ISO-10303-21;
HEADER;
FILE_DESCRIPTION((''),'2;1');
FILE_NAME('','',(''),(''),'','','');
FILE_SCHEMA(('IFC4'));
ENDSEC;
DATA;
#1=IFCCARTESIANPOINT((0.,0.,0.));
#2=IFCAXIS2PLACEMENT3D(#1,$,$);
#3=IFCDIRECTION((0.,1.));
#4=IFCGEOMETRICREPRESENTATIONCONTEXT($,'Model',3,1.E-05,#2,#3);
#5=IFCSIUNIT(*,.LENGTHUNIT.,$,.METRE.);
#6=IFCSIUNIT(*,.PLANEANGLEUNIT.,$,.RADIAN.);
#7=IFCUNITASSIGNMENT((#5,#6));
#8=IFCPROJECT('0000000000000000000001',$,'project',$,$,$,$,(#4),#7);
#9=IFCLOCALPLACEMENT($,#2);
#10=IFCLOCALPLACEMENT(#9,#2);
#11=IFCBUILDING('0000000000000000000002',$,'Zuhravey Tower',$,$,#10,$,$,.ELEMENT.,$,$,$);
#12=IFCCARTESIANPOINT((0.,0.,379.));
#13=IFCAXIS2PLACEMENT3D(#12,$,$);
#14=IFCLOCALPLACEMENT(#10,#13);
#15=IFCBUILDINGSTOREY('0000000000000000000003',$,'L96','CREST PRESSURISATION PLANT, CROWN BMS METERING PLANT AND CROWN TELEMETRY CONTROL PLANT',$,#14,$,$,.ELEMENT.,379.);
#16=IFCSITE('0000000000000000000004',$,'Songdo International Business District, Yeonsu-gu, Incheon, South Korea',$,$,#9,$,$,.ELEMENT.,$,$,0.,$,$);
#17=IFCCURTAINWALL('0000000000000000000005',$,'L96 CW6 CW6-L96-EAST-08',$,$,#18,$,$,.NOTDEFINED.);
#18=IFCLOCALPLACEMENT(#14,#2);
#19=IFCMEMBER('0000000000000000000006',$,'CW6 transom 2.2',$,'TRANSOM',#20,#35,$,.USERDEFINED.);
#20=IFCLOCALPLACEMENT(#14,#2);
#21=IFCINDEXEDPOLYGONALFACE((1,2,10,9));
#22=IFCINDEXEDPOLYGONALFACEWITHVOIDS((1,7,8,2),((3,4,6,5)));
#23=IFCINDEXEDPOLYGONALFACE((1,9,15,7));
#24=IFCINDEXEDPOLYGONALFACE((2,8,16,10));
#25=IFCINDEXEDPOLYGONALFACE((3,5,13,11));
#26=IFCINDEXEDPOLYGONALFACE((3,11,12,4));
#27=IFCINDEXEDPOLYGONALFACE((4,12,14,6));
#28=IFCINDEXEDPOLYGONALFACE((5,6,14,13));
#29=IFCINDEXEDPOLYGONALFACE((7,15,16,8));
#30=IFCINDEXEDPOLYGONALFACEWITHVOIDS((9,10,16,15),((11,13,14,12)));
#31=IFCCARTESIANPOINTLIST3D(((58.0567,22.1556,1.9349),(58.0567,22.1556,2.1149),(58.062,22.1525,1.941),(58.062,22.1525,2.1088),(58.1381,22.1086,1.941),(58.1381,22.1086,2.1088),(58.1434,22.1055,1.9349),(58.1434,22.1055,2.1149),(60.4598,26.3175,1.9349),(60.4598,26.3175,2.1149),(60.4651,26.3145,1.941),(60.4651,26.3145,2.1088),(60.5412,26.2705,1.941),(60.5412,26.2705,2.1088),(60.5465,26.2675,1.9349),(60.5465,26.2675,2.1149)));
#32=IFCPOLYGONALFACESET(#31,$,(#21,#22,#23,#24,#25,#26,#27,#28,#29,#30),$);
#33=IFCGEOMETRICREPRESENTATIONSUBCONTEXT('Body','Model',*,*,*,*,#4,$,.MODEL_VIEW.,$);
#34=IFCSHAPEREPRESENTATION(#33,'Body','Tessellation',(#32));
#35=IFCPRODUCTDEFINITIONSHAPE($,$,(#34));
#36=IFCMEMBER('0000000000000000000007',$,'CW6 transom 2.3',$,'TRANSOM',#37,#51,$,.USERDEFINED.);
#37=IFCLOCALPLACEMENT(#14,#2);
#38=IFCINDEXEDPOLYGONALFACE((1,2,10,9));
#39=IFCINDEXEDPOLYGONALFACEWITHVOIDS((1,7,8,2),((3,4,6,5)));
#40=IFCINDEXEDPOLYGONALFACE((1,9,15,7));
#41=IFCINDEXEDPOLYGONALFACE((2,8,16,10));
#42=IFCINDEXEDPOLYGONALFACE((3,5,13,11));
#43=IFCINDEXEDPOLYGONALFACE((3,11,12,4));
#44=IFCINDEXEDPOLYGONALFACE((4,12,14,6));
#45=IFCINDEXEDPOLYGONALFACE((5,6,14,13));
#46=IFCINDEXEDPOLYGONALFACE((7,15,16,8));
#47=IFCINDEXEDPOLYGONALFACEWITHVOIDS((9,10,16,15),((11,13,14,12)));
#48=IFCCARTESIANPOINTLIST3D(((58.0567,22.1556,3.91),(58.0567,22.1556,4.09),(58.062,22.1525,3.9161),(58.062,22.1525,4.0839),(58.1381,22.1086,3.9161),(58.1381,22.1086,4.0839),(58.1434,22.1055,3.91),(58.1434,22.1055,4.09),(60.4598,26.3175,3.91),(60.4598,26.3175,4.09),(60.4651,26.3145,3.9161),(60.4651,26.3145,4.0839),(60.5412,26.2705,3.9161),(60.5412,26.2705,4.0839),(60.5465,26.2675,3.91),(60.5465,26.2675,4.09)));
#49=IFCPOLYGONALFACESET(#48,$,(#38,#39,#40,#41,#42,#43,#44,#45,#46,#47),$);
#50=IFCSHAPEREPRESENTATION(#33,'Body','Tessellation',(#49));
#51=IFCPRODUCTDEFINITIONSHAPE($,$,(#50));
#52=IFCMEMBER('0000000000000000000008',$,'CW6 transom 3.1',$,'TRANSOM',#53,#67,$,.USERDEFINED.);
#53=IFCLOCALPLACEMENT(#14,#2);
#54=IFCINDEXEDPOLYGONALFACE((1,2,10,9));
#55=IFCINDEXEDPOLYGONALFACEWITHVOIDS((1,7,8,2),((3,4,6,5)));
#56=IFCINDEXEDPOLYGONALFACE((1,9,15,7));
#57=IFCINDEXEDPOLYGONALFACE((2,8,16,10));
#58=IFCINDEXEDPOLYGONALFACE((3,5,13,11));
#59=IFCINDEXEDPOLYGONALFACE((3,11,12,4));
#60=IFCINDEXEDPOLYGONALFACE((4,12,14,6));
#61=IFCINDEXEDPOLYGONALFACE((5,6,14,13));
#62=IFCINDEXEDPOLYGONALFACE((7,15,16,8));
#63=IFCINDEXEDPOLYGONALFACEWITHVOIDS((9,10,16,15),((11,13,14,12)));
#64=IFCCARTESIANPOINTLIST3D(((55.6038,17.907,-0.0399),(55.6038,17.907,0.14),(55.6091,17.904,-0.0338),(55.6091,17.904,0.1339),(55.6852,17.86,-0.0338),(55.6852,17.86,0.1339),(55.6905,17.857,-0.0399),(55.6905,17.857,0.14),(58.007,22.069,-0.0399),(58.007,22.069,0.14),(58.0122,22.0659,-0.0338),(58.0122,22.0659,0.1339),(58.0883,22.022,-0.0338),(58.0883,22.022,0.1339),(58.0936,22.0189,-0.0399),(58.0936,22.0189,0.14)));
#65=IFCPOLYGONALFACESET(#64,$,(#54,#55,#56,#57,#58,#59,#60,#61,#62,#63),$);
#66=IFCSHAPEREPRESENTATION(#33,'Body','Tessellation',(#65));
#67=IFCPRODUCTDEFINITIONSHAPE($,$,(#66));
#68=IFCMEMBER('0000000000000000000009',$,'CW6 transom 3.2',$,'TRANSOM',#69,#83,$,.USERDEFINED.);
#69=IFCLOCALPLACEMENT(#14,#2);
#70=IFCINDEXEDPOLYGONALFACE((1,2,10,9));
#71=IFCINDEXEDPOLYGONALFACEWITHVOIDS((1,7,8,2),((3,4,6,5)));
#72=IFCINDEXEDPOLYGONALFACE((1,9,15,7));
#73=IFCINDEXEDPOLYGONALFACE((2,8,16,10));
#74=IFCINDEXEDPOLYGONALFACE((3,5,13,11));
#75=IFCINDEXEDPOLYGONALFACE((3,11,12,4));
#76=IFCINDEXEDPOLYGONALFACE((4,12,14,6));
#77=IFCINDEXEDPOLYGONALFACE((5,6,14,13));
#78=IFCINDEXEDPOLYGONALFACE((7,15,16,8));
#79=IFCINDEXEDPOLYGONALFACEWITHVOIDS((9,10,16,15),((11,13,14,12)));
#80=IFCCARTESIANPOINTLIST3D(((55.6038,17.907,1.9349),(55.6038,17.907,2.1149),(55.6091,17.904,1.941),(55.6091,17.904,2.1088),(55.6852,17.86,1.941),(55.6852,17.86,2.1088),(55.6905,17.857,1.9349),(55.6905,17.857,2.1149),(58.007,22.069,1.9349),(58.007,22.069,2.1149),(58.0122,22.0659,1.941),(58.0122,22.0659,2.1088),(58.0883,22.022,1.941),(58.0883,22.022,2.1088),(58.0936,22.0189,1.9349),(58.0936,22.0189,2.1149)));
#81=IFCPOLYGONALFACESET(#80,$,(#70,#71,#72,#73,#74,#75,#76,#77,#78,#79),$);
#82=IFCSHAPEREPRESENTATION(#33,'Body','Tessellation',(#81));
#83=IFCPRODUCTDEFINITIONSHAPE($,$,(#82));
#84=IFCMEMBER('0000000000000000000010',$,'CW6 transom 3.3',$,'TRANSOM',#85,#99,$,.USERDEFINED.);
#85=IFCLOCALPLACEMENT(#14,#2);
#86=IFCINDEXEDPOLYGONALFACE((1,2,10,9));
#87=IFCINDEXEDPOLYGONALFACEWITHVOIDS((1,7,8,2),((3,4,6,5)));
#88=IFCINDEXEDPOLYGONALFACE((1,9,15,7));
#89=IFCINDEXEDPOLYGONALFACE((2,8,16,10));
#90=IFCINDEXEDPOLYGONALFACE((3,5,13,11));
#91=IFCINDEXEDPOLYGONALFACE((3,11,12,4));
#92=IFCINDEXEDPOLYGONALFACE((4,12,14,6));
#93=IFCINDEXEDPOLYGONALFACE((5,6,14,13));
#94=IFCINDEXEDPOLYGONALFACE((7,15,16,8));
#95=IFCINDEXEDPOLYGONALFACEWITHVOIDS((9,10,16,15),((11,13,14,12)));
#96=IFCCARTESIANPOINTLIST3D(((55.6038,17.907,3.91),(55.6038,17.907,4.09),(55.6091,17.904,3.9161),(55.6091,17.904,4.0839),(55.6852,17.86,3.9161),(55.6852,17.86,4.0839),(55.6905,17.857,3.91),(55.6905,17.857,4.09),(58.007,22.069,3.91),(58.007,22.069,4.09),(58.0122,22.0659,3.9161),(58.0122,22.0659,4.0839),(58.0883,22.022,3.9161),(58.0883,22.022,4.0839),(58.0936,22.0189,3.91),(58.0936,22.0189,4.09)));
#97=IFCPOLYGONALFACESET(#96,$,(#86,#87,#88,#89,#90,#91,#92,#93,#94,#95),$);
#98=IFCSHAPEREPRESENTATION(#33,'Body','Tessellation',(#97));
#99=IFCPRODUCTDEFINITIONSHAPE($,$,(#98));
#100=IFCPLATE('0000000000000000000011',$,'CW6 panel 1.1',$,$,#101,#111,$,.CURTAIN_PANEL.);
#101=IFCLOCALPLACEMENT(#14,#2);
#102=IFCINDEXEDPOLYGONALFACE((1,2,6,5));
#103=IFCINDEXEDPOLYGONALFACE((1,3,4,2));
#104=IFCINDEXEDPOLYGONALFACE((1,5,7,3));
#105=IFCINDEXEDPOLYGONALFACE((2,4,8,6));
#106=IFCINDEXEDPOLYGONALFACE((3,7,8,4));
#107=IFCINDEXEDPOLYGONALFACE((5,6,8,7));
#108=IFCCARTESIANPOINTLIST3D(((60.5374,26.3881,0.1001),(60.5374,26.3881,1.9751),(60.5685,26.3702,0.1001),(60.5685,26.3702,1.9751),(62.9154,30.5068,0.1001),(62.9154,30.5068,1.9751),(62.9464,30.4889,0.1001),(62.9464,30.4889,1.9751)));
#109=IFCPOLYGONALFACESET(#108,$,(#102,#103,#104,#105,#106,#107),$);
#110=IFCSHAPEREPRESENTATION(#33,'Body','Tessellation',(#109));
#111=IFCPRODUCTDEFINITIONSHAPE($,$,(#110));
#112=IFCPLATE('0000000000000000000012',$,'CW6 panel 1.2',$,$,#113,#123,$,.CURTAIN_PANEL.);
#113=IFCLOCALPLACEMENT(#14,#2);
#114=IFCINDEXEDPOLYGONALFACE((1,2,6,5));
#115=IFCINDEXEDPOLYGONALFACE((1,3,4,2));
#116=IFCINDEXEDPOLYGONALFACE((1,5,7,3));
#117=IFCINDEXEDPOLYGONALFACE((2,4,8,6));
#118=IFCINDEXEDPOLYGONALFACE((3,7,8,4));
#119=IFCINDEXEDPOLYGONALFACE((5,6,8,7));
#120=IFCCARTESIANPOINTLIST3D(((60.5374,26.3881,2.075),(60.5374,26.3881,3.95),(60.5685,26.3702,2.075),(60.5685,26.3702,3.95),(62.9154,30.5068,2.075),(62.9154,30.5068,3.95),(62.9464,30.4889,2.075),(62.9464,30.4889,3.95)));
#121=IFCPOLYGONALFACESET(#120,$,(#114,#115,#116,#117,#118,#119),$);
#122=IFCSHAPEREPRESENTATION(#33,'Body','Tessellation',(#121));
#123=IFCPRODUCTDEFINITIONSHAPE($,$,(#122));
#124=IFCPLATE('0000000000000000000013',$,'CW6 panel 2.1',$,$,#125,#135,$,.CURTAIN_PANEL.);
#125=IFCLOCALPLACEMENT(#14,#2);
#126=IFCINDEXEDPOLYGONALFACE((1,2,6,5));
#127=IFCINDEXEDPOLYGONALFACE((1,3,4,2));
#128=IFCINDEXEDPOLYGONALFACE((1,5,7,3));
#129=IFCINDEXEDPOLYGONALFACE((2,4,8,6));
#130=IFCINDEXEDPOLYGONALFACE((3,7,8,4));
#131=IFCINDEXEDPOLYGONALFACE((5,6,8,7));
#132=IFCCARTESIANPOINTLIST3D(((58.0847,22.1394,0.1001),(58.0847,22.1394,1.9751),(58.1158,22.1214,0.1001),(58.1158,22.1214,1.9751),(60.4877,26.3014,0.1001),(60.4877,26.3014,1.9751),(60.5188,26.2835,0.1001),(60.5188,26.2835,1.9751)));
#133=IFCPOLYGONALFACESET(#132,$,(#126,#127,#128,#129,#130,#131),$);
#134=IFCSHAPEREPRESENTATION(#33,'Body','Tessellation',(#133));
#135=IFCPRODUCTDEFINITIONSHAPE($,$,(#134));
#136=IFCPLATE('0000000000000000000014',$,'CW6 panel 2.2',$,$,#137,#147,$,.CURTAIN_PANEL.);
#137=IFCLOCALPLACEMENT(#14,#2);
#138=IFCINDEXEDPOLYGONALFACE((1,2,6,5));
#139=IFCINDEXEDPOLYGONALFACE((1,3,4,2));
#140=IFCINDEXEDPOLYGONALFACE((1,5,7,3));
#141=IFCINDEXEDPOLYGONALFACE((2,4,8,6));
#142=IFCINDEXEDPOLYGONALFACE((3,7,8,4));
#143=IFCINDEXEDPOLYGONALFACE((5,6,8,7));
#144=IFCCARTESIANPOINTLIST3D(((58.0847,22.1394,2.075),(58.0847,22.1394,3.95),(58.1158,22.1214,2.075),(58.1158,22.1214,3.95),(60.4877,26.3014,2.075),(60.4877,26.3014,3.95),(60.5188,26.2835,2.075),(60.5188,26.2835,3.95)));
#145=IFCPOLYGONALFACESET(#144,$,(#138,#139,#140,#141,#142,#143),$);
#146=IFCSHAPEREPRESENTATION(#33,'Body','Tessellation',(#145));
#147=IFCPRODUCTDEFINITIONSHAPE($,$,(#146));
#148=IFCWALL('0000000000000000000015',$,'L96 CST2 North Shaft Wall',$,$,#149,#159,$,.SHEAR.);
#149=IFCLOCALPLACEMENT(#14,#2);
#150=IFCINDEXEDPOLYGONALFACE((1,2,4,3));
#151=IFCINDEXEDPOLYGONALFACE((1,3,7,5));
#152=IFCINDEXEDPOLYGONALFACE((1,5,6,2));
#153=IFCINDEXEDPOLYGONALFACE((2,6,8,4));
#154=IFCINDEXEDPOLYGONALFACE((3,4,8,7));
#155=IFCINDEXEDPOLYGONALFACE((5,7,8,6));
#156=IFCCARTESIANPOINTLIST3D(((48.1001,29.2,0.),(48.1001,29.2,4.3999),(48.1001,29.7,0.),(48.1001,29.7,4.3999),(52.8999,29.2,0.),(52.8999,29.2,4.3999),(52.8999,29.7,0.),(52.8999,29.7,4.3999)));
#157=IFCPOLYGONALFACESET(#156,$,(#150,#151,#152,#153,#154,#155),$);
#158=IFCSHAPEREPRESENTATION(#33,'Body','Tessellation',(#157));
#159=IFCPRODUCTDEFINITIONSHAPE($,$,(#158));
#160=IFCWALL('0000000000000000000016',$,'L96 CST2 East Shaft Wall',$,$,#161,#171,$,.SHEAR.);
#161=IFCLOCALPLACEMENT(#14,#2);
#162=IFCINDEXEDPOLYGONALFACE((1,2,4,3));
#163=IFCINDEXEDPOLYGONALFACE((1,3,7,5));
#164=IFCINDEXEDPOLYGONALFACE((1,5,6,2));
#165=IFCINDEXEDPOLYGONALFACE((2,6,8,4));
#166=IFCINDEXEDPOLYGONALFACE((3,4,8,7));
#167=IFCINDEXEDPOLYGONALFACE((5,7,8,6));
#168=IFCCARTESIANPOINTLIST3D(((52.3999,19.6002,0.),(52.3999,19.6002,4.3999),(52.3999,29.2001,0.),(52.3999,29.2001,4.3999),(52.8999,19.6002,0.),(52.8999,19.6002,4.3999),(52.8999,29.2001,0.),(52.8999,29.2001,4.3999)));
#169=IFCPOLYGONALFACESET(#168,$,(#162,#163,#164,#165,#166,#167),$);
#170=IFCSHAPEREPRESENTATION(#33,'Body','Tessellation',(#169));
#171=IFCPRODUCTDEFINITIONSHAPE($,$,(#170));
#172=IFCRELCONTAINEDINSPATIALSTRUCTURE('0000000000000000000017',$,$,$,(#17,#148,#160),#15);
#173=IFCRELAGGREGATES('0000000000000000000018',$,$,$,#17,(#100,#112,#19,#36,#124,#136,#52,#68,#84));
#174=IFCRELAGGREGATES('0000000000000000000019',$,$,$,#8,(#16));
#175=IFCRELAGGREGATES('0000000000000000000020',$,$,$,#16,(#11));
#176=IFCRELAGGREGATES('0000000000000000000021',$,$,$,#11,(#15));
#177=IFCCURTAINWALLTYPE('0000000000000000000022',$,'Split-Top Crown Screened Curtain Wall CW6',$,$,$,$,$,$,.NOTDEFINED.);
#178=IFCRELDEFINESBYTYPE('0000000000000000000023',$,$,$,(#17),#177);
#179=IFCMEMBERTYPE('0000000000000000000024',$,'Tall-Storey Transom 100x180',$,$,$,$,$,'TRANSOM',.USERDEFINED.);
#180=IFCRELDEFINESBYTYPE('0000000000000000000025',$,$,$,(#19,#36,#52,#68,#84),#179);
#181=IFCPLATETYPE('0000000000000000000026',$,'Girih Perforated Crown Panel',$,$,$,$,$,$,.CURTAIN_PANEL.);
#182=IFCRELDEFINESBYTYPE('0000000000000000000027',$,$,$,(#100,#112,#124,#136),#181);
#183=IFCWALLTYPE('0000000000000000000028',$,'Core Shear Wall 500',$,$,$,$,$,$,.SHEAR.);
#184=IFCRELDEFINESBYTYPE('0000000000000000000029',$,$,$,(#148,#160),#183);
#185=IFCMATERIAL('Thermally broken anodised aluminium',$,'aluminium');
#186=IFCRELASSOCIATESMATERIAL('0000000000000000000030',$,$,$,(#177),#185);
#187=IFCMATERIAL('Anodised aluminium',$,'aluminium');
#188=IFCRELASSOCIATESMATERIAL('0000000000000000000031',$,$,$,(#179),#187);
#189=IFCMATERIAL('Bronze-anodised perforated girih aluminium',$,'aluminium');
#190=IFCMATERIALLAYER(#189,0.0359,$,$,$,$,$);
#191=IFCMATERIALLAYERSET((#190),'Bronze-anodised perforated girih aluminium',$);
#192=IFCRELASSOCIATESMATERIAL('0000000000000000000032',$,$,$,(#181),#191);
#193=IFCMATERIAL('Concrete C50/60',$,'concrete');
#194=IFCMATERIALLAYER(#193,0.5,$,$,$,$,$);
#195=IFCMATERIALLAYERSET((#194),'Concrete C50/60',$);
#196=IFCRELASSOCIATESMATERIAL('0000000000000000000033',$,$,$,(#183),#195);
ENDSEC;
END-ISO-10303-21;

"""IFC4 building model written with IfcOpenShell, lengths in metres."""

from ifc_helpers import new_model, si_unit, direction, frame, frame_2d, origin, origin_2d, place, context, subcontext, project, spatial, rectangle, hollow_rectangle, extrude, material, layer, layer_set, material_profile, profile_set, type_object, element, aggregate, save


model = new_model("IFC4")

# Units and contexts
model_context = context("Model", 3, precision=1e-05, world=origin(), true_north=direction((0.0, 1.0)))
body_context = subcontext(model_context, "Body", "Model", "MODEL_VIEW")
ifc_project = project(units=[si_unit("LENGTHUNIT", "METRE"), si_unit("PLANEANGLEUNIT", "RADIAN")], contexts=[model_context])

# Site, building, storey
site_placement = place(None, origin())
site = spatial("IfcSite", under=ifc_project, at=site_placement, Name="Songdo International Business District, Yeonsu-gu, Incheon, South Korea", CompositionType="ELEMENT", RefElevation=0.0)
building_placement = place(site_placement, origin())
building = spatial("IfcBuilding", under=site, at=building_placement, Name="Zuhravey Tower", CompositionType="ELEMENT")
storey_placement = place(building_placement, frame((0.0, 0.0, 379.0)))
storey = spatial("IfcBuildingStorey", under=building, at=storey_placement, Name="L96", Description="CREST PRESSURISATION PLANT, CROWN BMS METERING PLANT AND CROWN TELEMETRY CONTROL PLANT", CompositionType="ELEMENT", Elevation=379.0)

# Curtain wall
ifc_material_1 = material(Name="Thermally broken anodised aluminium", Category="aluminium")
curtain_wall_type = type_object("IfcCurtainWallType", Name="Split-Top Crown Screened Curtain Wall CW6", PredefinedType="NOTDEFINED", material=ifc_material_1)
curtain_wall_placement = place(storey_placement, origin())
curtain_wall = element("IfcCurtainWall", 1, at=curtain_wall_placement, inside=storey, type_object=curtain_wall_type, Name="L96 CW6 CW6-L96-EAST-08", PredefinedType="NOTDEFINED")
ifc_material_2 = material(Name="Anodised aluminium", Category="aluminium")

# Members
ifc_material_profile_1 = material_profile(ifc_material_2, hollow_rectangle(XDim=0.1001, YDim=0.1799, WallThickness=0.0061, at=origin_2d()), Name="ALU-RHS-100x180x6")
ifc_profile_set_1 = profile_set([ifc_material_profile_1], Name="Anodised aluminium")
member_type_1 = type_object("IfcMemberType", Name="Tall-Storey Transom 100x180", ElementType="TRANSOM", PredefinedType="USERDEFINED", material=ifc_profile_set_1)
member_1_placement = place(storey_placement, frame((60.5032, 26.2925, 2.0249), z_axis=(-0.500035, -0.866005, 0.0), x_axis=(0.866005, -0.500035, 0.0)))
member_1 = element("IfcMember", 2, at=member_1_placement, type_object=member_type_1, Name="CW6 transom 2.2", ObjectType="TRANSOM", PredefinedType="USERDEFINED", context=body_context, shape_type="SweptSolid", body=[
    extrude(hollow_rectangle(XDim=0.1001, YDim=0.1799, WallThickness=0.0061, at=origin_2d()), origin(), (0.0, 0.0, 1.0), 4.8059),
])
member_2_placement = place(storey_placement, frame((60.5032, 26.2925, 4.0), z_axis=(-0.500035, -0.866005, 0.0), x_axis=(0.866005, -0.500035, 0.0)))
member_2 = element("IfcMember", 3, at=member_2_placement, type_object=member_type_1, Name="CW6 transom 2.3", ObjectType="TRANSOM", PredefinedType="USERDEFINED", context=body_context, shape_type="SweptSolid", body=[
    extrude(hollow_rectangle(XDim=0.1001, YDim=0.1799, WallThickness=0.0061, at=origin_2d()), origin(), (0.0, 0.0, 1.0), 4.8059),
])
member_3_placement = place(storey_placement, frame((58.0503, 22.0439, 0.05), z_axis=(-0.500035, -0.866005, 0.0), x_axis=(0.866005, -0.500035, 0.0)))
member_3 = element("IfcMember", 4, at=member_3_placement, type_object=member_type_1, Name="CW6 transom 3.1", ObjectType="TRANSOM", PredefinedType="USERDEFINED", context=body_context, shape_type="SweptSolid", body=[
    extrude(hollow_rectangle(XDim=0.1001, YDim=0.1799, WallThickness=0.0061, at=origin_2d()), origin(), (0.0, 0.0, 1.0), 4.8059),
])
member_4_placement = place(storey_placement, frame((58.0503, 22.0439, 2.0249), z_axis=(-0.500035, -0.866005, 0.0), x_axis=(0.866005, -0.500035, 0.0)))
member_4 = element("IfcMember", 5, at=member_4_placement, type_object=member_type_1, Name="CW6 transom 3.2", ObjectType="TRANSOM", PredefinedType="USERDEFINED", context=body_context, shape_type="SweptSolid", body=[
    extrude(hollow_rectangle(XDim=0.1001, YDim=0.1799, WallThickness=0.0061, at=origin_2d()), origin(), (0.0, 0.0, 1.0), 4.8059),
])
member_5_placement = place(storey_placement, frame((58.0503, 22.0439, 4.0), z_axis=(-0.500035, -0.866005, 0.0), x_axis=(0.866005, -0.500035, 0.0)))
member_5 = element("IfcMember", 6, at=member_5_placement, type_object=member_type_1, Name="CW6 transom 3.3", ObjectType="TRANSOM", PredefinedType="USERDEFINED", context=body_context, shape_type="SweptSolid", body=[
    extrude(hollow_rectangle(XDim=0.1001, YDim=0.1799, WallThickness=0.0061, at=origin_2d()), origin(), (0.0, 0.0, 1.0), 4.8059),
])

# Plates
ifc_material_3 = material(Name="Bronze-anodised perforated girih aluminium", Category="aluminium")
ifc_layer_1 = layer(ifc_material_3, 0.0359)
ifc_layer_set_1 = layer_set([ifc_layer_1], Name="Bronze-anodised perforated girih aluminium")
plate_type = type_object("IfcPlateType", Name="Girih Perforated Crown Panel", PredefinedType="CURTAIN_PANEL", material=ifc_layer_set_1)
plate_1_placement = place(storey_placement, frame((61.7419, 28.4385, 0.1001), z_axis=(0.0, 0.0, 1.0), x_axis=(-0.499997, -0.866027, 0.0)))
plate_1 = element("IfcPlate", 7, at=plate_1_placement, type_object=plate_type, Name="CW6 panel 1.1", PredefinedType="CURTAIN_PANEL", context=body_context, shape_type="SweptSolid", body=[
    extrude(rectangle(XDim=4.7559, YDim=0.0359, at=origin_2d()), origin(), (0.0, 0.0, 1.0), 1.875),
])
plate_2_placement = place(storey_placement, frame((61.7419, 28.4385, 2.075), z_axis=(0.0, 0.0, 1.0), x_axis=(-0.499997, -0.866027, 0.0)))
plate_2 = element("IfcPlate", 8, at=plate_2_placement, type_object=plate_type, Name="CW6 panel 1.2", PredefinedType="CURTAIN_PANEL", context=body_context, shape_type="SweptSolid", body=[
    extrude(rectangle(XDim=4.7559, YDim=0.0359, at=origin_2d()), origin(), (0.0, 0.0, 1.0), 1.875),
])
plate_3_placement = place(storey_placement, frame((59.3018, 24.2114, 0.1001), z_axis=(0.0, 0.0, 1.0), x_axis=(-0.499997, -0.866027, 0.0)))
plate_3 = element("IfcPlate", 9, at=plate_3_placement, type_object=plate_type, Name="CW6 panel 2.1", PredefinedType="CURTAIN_PANEL", context=body_context, shape_type="SweptSolid", body=[
    extrude(rectangle(XDim=4.8059, YDim=0.0359, at=origin_2d()), origin(), (0.0, 0.0, 1.0), 1.875),
])
plate_4_placement = place(storey_placement, frame((59.3018, 24.2114, 2.075), z_axis=(0.0, 0.0, 1.0), x_axis=(-0.499997, -0.866027, 0.0)))
plate_4 = element("IfcPlate", 10, at=plate_4_placement, type_object=plate_type, Name="CW6 panel 2.2", PredefinedType="CURTAIN_PANEL", context=body_context, shape_type="SweptSolid", body=[
    extrude(rectangle(XDim=4.8059, YDim=0.0359, at=origin_2d()), origin(), (0.0, 0.0, 1.0), 1.875),
])
aggregate(curtain_wall, [plate_1, plate_2, member_1, member_2, plate_3, plate_4, member_3, member_4, member_5])

# Walls
ifc_material_4 = material(Name="Concrete C50/60", Category="concrete")
ifc_layer_2 = layer(ifc_material_4, 0.5)
ifc_layer_set_2 = layer_set([ifc_layer_2], Name="Concrete C50/60")
wall_type_1 = type_object("IfcWallType", Name="Core Shear Wall 500", PredefinedType="SHEAR", material=ifc_layer_set_2)
wall_1_placement = place(storey_placement, frame((52.8999, 29.45, 0.0), z_axis=(0.0, 0.0, 1.0), x_axis=(-1.0, 0.0, 0.0)))
element("IfcWall", 11, at=wall_1_placement, inside=storey, type_object=wall_type_1, Name="L96 CST2 North Shaft Wall", PredefinedType="SHEAR", context=body_context, shape_type="SweptSolid", body=[
    extrude(rectangle(XDim=4.7998, YDim=0.5, at=frame_2d((2.3999, 0.0))), origin(), (0.0, 0.0, 1.0), 4.3999),
])
wall_2_placement = place(storey_placement, frame((52.6499, 29.2, 0.0), z_axis=(0.0, 0.0, 1.0), x_axis=(0.0, -1.0, 0.0)))
element("IfcWall", 12, at=wall_2_placement, inside=storey, type_object=wall_type_1, Name="L96 CST2 East Shaft Wall", PredefinedType="SHEAR", context=body_context, shape_type="SweptSolid", body=[
    extrude(rectangle(XDim=9.5999, YDim=0.5, at=frame_2d((4.7998, 0.0))), origin(), (0.0, 0.0, 1.0), 4.3999),
])

save(model, "model.ifc")
